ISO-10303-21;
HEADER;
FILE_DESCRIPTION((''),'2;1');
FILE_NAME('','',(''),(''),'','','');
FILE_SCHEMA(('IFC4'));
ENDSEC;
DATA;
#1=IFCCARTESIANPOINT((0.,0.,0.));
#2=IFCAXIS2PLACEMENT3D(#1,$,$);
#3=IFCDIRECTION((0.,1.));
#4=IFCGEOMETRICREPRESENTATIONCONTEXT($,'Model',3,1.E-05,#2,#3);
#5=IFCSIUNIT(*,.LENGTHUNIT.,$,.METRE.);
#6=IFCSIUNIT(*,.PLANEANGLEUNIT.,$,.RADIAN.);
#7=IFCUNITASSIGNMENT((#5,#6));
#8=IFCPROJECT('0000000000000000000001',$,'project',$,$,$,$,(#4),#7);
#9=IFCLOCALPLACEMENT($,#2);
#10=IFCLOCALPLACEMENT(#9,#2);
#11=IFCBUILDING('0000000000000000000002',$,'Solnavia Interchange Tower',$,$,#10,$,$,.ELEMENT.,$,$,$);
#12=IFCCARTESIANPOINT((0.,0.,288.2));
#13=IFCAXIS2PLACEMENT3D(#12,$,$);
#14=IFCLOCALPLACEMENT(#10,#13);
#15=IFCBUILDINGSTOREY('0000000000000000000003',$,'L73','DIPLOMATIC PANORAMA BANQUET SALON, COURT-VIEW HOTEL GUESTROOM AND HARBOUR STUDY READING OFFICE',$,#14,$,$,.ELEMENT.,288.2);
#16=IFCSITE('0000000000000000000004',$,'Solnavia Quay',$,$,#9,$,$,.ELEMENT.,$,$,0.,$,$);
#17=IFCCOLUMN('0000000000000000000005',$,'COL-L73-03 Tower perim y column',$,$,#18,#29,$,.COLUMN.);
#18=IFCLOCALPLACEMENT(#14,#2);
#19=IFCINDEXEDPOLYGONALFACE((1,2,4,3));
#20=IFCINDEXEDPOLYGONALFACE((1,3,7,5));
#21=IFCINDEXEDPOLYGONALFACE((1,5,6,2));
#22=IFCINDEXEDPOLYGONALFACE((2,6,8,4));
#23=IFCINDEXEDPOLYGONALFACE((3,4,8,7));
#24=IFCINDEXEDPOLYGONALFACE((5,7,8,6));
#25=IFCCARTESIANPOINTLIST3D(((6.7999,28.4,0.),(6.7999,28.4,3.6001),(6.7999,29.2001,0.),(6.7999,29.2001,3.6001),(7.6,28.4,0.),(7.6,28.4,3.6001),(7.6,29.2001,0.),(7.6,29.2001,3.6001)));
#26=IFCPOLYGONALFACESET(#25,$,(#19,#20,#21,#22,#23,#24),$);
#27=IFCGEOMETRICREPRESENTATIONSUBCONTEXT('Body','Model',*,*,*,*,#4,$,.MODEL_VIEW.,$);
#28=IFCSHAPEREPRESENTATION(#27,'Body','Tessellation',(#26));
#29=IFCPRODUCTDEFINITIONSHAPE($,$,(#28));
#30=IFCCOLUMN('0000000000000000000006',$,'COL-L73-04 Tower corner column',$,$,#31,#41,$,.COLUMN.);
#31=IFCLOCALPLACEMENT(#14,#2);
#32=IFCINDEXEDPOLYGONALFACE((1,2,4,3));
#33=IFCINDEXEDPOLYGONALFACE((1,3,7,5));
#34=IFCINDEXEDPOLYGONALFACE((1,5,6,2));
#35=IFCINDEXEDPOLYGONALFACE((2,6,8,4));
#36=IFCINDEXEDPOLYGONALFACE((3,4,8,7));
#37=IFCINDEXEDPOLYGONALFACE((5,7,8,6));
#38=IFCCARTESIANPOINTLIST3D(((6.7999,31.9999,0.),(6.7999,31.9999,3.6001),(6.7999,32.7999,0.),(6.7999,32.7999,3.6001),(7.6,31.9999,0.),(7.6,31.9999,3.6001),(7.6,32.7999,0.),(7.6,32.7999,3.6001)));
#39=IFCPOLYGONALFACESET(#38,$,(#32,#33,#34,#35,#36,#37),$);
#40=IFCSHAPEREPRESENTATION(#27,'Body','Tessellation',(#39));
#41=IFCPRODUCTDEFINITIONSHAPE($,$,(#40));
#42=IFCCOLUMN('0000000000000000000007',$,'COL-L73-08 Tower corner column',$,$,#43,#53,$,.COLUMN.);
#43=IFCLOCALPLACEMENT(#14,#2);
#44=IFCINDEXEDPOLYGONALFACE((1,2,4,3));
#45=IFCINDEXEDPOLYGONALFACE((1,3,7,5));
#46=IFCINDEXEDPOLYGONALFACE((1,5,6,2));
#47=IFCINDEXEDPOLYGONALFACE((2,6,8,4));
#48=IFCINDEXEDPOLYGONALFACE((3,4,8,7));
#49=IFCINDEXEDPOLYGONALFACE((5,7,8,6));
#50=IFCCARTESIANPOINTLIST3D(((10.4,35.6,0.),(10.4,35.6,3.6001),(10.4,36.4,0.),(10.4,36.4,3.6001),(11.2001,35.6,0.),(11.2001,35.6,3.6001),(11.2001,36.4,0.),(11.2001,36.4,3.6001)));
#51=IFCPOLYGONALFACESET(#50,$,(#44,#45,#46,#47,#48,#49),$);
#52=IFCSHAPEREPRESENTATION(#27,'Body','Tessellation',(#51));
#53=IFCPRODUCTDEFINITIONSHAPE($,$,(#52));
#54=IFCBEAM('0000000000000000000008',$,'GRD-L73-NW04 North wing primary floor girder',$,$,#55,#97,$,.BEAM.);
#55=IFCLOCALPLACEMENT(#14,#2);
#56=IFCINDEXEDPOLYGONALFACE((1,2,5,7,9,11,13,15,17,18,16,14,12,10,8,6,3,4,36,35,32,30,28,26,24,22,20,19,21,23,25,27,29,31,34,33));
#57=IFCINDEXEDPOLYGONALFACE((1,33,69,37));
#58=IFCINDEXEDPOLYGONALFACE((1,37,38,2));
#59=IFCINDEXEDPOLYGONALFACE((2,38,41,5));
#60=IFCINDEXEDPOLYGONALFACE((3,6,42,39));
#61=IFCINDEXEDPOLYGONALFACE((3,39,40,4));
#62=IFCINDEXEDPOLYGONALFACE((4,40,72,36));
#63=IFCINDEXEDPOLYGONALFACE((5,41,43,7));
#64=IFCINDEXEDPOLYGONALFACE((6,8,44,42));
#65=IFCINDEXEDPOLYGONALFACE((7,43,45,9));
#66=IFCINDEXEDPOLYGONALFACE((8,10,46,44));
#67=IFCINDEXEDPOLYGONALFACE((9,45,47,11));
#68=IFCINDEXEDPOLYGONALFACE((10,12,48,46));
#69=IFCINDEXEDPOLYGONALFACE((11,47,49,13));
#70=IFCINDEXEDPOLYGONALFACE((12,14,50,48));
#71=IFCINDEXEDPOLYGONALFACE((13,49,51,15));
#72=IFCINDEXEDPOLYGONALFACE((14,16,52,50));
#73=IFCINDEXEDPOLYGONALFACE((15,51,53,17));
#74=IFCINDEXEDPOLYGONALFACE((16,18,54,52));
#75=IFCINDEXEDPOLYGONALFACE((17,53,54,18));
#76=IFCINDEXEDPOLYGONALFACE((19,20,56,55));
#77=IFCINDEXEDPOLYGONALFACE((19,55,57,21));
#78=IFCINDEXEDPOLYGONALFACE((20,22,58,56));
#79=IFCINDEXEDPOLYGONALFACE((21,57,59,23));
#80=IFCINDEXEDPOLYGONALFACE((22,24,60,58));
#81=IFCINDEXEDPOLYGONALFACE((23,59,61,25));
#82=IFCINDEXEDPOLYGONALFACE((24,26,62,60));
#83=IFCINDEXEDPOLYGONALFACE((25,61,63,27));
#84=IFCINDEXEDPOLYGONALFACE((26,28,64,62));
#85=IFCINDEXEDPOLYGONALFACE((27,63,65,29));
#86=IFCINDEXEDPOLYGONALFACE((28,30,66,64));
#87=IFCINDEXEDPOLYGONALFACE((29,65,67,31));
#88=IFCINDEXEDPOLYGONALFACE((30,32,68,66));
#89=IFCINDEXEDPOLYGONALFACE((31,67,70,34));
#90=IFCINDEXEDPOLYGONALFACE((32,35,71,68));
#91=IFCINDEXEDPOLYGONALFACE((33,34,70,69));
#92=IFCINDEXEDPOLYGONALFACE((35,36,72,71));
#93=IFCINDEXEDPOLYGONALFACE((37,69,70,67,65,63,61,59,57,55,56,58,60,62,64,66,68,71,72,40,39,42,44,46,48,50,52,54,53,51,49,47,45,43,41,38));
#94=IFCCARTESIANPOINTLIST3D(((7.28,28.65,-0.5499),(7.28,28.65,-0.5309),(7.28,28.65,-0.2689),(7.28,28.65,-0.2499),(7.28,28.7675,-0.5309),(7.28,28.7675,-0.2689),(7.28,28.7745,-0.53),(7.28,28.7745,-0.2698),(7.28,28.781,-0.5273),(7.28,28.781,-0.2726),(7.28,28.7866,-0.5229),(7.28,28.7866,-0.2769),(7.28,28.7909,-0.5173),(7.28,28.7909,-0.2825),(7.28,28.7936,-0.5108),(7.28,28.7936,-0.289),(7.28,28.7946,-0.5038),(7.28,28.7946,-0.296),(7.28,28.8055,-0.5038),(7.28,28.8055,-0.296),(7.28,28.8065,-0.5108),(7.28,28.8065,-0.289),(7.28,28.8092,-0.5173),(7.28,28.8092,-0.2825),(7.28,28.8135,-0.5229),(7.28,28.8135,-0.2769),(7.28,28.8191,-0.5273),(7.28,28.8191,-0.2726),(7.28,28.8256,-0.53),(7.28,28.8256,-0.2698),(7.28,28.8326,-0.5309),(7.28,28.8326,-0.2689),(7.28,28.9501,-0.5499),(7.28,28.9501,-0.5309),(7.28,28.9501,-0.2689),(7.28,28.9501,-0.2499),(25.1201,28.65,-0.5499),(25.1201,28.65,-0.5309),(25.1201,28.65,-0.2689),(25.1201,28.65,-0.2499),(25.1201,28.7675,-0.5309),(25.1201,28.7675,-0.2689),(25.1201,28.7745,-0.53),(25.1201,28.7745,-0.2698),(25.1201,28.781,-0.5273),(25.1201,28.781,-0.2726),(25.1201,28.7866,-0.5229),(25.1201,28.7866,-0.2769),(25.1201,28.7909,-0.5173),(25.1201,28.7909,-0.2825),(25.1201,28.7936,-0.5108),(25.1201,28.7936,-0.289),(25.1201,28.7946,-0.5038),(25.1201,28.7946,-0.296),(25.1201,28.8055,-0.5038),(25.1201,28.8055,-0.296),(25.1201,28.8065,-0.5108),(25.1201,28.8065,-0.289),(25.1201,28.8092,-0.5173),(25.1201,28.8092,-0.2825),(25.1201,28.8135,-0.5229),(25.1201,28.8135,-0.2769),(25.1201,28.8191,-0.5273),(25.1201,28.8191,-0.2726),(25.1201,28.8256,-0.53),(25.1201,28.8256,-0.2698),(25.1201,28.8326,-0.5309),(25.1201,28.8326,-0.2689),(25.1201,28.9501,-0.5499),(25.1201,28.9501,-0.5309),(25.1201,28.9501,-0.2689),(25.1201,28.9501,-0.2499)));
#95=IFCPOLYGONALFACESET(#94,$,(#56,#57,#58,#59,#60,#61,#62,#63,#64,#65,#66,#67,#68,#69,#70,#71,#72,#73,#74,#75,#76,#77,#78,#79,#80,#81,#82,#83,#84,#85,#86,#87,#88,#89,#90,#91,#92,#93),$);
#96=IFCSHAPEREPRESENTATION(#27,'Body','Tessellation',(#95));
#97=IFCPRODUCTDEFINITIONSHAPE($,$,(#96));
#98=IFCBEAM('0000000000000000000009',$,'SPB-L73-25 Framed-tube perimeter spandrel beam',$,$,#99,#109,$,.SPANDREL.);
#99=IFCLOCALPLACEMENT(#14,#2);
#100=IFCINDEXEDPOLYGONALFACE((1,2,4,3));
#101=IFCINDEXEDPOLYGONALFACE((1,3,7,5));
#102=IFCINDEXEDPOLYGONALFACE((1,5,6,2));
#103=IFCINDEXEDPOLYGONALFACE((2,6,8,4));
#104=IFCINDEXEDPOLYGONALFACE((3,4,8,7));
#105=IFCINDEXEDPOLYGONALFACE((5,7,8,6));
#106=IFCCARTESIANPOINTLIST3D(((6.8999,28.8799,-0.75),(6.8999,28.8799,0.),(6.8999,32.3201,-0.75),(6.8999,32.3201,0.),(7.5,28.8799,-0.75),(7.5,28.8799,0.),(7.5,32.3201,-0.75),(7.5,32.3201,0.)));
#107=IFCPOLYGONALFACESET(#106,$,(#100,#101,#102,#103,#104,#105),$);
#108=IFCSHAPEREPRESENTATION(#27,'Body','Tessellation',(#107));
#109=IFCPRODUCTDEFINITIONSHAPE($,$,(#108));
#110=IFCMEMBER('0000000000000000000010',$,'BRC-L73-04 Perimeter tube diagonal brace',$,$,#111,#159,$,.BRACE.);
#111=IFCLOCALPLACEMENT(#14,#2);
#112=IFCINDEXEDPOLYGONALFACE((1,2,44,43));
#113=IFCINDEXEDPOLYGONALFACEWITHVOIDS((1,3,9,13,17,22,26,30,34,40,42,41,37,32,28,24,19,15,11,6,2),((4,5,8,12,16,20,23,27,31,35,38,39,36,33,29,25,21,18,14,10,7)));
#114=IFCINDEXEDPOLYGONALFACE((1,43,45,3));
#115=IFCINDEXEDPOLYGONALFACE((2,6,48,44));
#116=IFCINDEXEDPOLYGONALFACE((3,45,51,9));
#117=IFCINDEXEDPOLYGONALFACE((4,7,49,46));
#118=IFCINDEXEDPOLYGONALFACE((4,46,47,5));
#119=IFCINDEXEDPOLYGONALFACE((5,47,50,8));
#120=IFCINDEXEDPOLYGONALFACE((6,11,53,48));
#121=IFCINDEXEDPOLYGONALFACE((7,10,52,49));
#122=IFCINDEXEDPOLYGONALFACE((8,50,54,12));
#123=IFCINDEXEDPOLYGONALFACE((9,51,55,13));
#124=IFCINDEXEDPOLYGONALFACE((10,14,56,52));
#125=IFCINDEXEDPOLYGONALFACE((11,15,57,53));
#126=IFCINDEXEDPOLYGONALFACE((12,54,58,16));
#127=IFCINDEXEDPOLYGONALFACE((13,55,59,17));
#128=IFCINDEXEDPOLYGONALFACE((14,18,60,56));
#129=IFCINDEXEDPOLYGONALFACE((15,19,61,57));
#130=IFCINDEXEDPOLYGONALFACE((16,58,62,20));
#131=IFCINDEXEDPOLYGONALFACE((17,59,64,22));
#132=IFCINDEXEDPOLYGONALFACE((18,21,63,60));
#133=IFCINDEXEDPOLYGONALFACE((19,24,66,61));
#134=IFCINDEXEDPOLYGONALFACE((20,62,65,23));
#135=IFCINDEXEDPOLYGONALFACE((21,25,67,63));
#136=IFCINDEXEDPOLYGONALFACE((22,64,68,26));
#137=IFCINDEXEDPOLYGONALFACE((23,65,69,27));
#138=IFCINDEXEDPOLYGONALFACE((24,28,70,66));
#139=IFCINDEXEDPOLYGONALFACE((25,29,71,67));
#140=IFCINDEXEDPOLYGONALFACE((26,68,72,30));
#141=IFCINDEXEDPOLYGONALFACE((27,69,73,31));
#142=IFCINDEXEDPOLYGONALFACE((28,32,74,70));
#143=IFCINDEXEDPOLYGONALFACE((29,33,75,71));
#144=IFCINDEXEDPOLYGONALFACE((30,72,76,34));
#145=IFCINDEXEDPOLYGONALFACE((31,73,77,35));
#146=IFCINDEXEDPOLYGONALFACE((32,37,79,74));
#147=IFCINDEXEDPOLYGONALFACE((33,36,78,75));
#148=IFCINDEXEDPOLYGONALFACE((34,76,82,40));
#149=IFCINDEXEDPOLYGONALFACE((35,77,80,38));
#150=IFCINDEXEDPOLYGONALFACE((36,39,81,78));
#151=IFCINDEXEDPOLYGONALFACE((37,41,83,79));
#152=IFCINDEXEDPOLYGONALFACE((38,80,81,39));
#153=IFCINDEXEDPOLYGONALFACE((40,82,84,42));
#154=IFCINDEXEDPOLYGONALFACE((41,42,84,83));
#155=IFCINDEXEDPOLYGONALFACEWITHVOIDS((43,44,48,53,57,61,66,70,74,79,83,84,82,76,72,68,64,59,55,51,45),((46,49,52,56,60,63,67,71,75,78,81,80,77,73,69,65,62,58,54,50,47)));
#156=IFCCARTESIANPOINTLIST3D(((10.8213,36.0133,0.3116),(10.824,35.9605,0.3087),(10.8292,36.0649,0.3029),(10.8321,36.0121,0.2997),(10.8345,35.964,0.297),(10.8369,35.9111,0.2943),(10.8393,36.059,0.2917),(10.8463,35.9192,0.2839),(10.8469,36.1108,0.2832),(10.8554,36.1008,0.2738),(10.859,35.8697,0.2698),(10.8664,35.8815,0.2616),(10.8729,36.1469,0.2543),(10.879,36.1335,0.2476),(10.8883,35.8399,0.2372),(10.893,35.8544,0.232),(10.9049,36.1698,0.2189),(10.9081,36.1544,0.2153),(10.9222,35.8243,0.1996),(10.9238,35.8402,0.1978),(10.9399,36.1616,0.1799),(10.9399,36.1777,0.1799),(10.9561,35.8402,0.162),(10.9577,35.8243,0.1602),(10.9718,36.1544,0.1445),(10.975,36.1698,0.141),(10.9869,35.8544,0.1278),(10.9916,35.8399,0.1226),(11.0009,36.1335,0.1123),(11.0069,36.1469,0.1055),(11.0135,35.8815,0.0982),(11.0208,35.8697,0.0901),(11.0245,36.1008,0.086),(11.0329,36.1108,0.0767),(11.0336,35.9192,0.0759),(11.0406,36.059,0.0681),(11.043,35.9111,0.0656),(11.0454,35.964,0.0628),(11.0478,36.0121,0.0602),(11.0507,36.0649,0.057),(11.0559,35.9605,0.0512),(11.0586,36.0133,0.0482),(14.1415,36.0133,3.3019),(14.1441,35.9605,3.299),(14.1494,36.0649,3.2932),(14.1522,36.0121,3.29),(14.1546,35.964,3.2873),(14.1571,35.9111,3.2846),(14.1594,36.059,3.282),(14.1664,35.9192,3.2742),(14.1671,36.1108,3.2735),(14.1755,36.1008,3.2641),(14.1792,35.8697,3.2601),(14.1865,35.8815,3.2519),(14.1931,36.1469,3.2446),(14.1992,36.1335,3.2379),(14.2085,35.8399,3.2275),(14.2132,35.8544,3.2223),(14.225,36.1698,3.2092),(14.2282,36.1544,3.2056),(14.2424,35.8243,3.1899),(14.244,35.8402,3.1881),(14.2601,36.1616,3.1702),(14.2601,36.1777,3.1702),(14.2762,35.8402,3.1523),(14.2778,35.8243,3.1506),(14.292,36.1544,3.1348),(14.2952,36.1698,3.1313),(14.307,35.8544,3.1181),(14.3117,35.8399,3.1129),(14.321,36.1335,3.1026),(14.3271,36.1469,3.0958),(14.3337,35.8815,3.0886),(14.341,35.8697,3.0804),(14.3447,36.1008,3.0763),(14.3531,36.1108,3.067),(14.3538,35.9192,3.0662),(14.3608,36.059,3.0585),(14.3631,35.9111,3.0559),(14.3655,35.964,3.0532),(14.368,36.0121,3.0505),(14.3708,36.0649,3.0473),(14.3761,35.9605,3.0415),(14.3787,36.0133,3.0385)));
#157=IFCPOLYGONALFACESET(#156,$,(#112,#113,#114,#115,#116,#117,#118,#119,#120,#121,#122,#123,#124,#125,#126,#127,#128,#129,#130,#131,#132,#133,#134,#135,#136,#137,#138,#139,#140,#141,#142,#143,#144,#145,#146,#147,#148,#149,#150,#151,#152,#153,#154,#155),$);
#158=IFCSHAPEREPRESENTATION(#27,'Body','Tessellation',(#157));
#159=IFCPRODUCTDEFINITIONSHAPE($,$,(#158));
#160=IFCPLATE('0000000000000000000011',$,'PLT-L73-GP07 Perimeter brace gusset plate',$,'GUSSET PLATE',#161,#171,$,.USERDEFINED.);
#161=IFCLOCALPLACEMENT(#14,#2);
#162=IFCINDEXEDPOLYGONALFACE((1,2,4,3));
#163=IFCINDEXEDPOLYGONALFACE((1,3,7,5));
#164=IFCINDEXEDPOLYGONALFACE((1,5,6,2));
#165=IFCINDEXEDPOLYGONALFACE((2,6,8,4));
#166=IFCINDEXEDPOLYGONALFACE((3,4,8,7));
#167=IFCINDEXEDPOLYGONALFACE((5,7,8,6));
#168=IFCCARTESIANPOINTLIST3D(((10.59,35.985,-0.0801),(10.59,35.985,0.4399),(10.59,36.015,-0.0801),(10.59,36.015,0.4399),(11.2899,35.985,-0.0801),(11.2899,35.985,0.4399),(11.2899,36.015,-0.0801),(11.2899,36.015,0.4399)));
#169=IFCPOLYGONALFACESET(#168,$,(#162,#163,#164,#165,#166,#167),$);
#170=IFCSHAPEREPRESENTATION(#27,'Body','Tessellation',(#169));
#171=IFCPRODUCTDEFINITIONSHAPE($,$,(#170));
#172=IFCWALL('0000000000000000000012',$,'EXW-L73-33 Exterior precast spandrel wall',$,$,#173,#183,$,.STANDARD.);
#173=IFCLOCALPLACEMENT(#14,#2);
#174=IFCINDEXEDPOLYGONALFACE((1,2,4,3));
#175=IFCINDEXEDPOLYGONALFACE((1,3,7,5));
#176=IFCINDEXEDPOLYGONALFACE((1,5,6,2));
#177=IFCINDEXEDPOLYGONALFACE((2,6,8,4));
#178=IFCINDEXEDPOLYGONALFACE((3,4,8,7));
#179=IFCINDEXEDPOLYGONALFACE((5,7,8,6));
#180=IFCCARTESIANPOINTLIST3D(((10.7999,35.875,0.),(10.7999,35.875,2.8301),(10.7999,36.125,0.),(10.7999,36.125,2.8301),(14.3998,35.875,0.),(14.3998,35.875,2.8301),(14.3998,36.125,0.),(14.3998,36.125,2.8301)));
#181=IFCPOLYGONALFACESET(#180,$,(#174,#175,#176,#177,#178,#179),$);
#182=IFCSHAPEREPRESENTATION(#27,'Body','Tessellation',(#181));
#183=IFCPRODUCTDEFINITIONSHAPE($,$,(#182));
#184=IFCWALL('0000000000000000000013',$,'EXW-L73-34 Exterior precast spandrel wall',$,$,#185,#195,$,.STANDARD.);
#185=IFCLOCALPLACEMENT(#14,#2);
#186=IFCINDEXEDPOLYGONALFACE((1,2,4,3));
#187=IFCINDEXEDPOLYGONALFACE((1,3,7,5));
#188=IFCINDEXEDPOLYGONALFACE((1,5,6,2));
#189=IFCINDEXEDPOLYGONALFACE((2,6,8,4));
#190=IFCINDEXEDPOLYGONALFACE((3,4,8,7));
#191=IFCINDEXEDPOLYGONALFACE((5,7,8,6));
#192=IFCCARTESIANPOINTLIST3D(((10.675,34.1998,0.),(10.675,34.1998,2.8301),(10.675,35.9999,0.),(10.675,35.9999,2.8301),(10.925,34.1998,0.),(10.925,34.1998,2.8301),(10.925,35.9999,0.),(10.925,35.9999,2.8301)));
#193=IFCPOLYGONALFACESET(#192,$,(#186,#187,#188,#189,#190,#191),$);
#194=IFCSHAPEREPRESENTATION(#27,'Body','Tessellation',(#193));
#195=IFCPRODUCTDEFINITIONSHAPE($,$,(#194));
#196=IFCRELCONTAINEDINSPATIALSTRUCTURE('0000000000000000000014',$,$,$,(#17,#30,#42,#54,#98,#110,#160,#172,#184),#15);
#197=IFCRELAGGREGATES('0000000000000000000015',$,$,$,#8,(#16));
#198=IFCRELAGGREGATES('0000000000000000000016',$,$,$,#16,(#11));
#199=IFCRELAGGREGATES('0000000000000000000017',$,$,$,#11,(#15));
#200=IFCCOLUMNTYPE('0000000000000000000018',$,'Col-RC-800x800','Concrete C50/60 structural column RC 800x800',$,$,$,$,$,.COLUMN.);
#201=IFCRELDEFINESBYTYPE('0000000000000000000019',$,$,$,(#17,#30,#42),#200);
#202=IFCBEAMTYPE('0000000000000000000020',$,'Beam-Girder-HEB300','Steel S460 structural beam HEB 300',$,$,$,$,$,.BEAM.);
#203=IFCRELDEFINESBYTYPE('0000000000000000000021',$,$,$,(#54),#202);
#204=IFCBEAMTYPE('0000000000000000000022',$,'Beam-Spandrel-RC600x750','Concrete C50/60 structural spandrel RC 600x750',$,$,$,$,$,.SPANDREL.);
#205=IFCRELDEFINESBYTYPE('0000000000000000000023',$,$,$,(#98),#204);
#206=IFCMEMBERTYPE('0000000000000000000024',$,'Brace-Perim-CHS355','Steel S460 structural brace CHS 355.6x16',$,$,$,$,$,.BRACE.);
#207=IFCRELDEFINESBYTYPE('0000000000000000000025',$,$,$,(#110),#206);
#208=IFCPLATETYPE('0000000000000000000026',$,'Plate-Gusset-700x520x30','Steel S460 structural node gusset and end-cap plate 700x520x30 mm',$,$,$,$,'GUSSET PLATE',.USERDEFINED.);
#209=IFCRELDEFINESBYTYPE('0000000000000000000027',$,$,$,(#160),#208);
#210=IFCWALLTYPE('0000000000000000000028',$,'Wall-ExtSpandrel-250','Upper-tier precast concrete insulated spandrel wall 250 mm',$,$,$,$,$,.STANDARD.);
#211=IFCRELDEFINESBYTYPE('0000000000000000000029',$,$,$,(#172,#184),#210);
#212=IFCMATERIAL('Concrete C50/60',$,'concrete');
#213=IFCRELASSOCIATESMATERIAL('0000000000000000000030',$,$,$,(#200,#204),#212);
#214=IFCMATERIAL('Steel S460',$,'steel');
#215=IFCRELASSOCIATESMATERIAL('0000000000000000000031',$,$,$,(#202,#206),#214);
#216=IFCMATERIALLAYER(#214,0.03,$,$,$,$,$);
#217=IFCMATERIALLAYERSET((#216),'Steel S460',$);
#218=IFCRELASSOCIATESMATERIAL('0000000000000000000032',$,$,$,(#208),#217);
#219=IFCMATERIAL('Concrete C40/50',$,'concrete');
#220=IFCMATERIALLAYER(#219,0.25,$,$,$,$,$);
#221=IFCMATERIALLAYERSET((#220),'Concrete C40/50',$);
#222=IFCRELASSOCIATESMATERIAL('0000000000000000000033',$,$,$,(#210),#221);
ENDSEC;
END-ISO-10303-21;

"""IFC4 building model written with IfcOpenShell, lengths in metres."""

from ifc_helpers import new_model, si_unit, direction, frame, frame_2d, origin, origin_2d, place, context, subcontext, project, spatial, rectangle, hollow_circle, i_section, extrude, material, layer, layer_set, material_profile, profile_set, type_object, element, save


model = new_model("IFC4")

# Units and contexts
model_context = context("Model", 3, precision=1e-05, world=origin(), true_north=direction((0.0, 1.0)))
body_context = subcontext(model_context, "Body", "Model", "MODEL_VIEW")
ifc_project = project(units=[si_unit("LENGTHUNIT", "METRE"), si_unit("PLANEANGLEUNIT", "RADIAN")], contexts=[model_context])

# Site, building, storey
site_placement = place(None, origin())
site = spatial("IfcSite", under=ifc_project, at=site_placement, Name="Solnavia Quay", CompositionType="ELEMENT", RefElevation=0.0)
building_placement = place(site_placement, origin())
building = spatial("IfcBuilding", under=site, at=building_placement, Name="Solnavia Interchange Tower", CompositionType="ELEMENT")
storey_placement = place(building_placement, frame((0.0, 0.0, 288.2)))
storey = spatial("IfcBuildingStorey", under=building, at=storey_placement, Name="L73", Description="DIPLOMATIC PANORAMA BANQUET SALON, COURT-VIEW HOTEL GUESTROOM AND HARBOUR STUDY READING OFFICE", CompositionType="ELEMENT", Elevation=288.2)

# Columns
ifc_material_1 = material(Name="Concrete C50/60", Category="concrete")
ifc_material_profile_1 = material_profile(ifc_material_1, rectangle(XDim=0.8, YDim=0.8, at=origin_2d()), Name="RC 800x800")
ifc_profile_set_1 = profile_set([ifc_material_profile_1], Name="Concrete C50/60")
column_type = type_object("IfcColumnType", Name="Col-RC-800x800", Description="Concrete C50/60 structural column RC 800x800", PredefinedType="COLUMN", material=ifc_profile_set_1)
for number, where, z_axis, x_axis, name in (
    (1, (7.2, 28.8, 0.0), (0.0, 0.0, 1.0), (0.0, 1.0, 0.0), "COL-L73-03 Tower perim y column"),
    (2, (7.2, 32.3999, 0.0), (0.0, 0.0, 1.0), (0.0, 1.0, 0.0), "COL-L73-04 Tower corner column"),
    (3, (10.8, 36.0, 0.0), (0.0, 0.0, 1.0), (1.0, 0.0, 0.0), "COL-L73-08 Tower corner column"),
):
    element("IfcColumn", number, at=place(storey_placement, frame(where, z_axis=z_axis, x_axis=x_axis)), inside=storey, type_object=column_type, Name=name, PredefinedType="COLUMN", context=body_context, shape_type="SweptSolid", body=[
        extrude(rectangle(XDim=0.8, YDim=0.8, at=origin_2d()), origin(), (0.0, 0.0, 1.0), 3.6001),
    ])

# Beams
ifc_material_2 = material(Name="Steel S460", Category="steel")
ifc_material_profile_2 = material_profile(ifc_material_2, i_section(OverallWidth=0.3, OverallDepth=0.3, WebThickness=0.011, FlangeThickness=0.019, FilletRadius=0.0271, at=origin_2d()), Name="HEB 300")
ifc_profile_set_2 = profile_set([ifc_material_profile_2], Name="Steel S460")
beam_type_1 = type_object("IfcBeamType", Name="Beam-Girder-HEB300", Description="Steel S460 structural beam HEB 300", PredefinedType="BEAM", material=ifc_profile_set_2)
beam_1_placement = place(storey_placement, frame((7.28, 28.8, -0.3999), z_axis=(1.0, 0.0, 0.0), x_axis=(0.0, 1.0, 0.0)))
element("IfcBeam", 4, at=beam_1_placement, inside=storey, type_object=beam_type_1, Name="GRD-L73-NW04 North wing primary floor girder", PredefinedType="BEAM", context=body_context, shape_type="SweptSolid", body=[
    extrude(i_section(OverallWidth=0.3, OverallDepth=0.3, WebThickness=0.011, FlangeThickness=0.019, FilletRadius=0.0271, at=origin_2d()), origin(), (0.0, 0.0, 1.0), 17.8401),
])
ifc_material_profile_3 = material_profile(ifc_material_1, rectangle(XDim=0.6001, YDim=0.75, at=origin_2d()), Name="RC 600x750")
ifc_profile_set_3 = profile_set([ifc_material_profile_3], Name="Concrete C50/60")
beam_type_2 = type_object("IfcBeamType", Name="Beam-Spandrel-RC600x750", Description="Concrete C50/60 structural spandrel RC 600x750", PredefinedType="SPANDREL", material=ifc_profile_set_3)
beam_2_placement = place(storey_placement, frame((7.2, 32.3201, -0.375), z_axis=(0.0, -1.0, 0.0), x_axis=(1.0, 0.0, 0.0)))
element("IfcBeam", 5, at=beam_2_placement, inside=storey, type_object=beam_type_2, Name="SPB-L73-25 Framed-tube perimeter spandrel beam", PredefinedType="SPANDREL", context=body_context, shape_type="SweptSolid", body=[
    extrude(rectangle(XDim=0.6001, YDim=0.75, at=origin_2d()), origin(), (0.0, 0.0, 1.0), 3.4402),
])

# Member
ifc_material_profile_4 = material_profile(ifc_material_2, hollow_circle(Radius=0.1777, WallThickness=0.0161, at=origin_2d()), Name="CHS 355.6x16")
ifc_profile_set_4 = profile_set([ifc_material_profile_4], Name="Steel S460")
member_type = type_object("IfcMemberType", Name="Brace-Perim-CHS355", Description="Steel S460 structural brace CHS 355.6x16", PredefinedType="BRACE", material=ifc_profile_set_4)
member_placement = place(storey_placement, frame((10.9399, 36.0, 0.1799), z_axis=(0.743052, 0.0, 0.669233), x_axis=(0.0, 1.0, 0.0)))
element("IfcMember", 6, at=member_placement, inside=storey, type_object=member_type, Name="BRC-L73-04 Perimeter tube diagonal brace", PredefinedType="BRACE", context=body_context, shape_type="SweptSolid", body=[
    extrude(hollow_circle(Radius=0.1777, WallThickness=0.0161, at=origin_2d()), origin(), (0.0, 0.0, 1.0), 4.4683),
])

# Plate
ifc_layer_1 = layer(ifc_material_2, 0.03)
ifc_layer_set_1 = layer_set([ifc_layer_1], Name="Steel S460")
plate_type = type_object("IfcPlateType", Name="Plate-Gusset-700x520x30", Description="Steel S460 structural node gusset and end-cap plate 700x520x30 mm", ElementType="GUSSET PLATE", PredefinedType="USERDEFINED", material=ifc_layer_set_1)
plate_placement = place(storey_placement, frame((10.9399, 36.0, -0.0801), z_axis=(0.0, 0.0, 1.0), x_axis=(1.0, 0.0, 0.0)))
element("IfcPlate", 7, at=plate_placement, inside=storey, type_object=plate_type, Name="PLT-L73-GP07 Perimeter brace gusset plate", ObjectType="GUSSET PLATE", PredefinedType="USERDEFINED", context=body_context, shape_type="SweptSolid", body=[
    extrude(rectangle(XDim=0.7, YDim=0.03, at=origin_2d()), origin(), (0.0, 0.0, 1.0), 0.52),
])

# Walls
ifc_material_3 = material(Name="Concrete C40/50", Category="concrete")
ifc_layer_2 = layer(ifc_material_3, 0.25)
ifc_layer_set_2 = layer_set([ifc_layer_2], Name="Concrete C40/50")
wall_type_1 = type_object("IfcWallType", Name="Wall-ExtSpandrel-250", Description="Upper-tier precast concrete insulated spandrel wall 250 mm", PredefinedType="STANDARD", material=ifc_layer_set_2)
wall_1_placement = place(storey_placement, frame((10.8, 36.0, 0.0), z_axis=(0.0, 0.0, 1.0), x_axis=(1.0, 0.0, 0.0)))
element("IfcWall", 8, at=wall_1_placement, inside=storey, type_object=wall_type_1, Name="EXW-L73-33 Exterior precast spandrel wall", PredefinedType="STANDARD", context=body_context, shape_type="SweptSolid", body=[
    extrude(rectangle(XDim=3.5999, YDim=0.25, at=frame_2d((1.7998, 0.0))), origin(), (0.0, 0.0, 1.0), 2.8301),
])
wall_2_placement = place(storey_placement, frame((10.8, 34.2, 0.0), z_axis=(0.0, 0.0, 1.0), x_axis=(0.0, 1.0, 0.0)))
element("IfcWall", 9, at=wall_2_placement, inside=storey, type_object=wall_type_1, Name="EXW-L73-34 Exterior precast spandrel wall", PredefinedType="STANDARD", context=body_context, shape_type="SweptSolid", body=[
    extrude(rectangle(XDim=1.8, YDim=0.25, at=frame_2d((0.8999, 0.0))), origin(), (0.0, 0.0, 1.0), 2.8301),
])

save(model, "model.ifc")
